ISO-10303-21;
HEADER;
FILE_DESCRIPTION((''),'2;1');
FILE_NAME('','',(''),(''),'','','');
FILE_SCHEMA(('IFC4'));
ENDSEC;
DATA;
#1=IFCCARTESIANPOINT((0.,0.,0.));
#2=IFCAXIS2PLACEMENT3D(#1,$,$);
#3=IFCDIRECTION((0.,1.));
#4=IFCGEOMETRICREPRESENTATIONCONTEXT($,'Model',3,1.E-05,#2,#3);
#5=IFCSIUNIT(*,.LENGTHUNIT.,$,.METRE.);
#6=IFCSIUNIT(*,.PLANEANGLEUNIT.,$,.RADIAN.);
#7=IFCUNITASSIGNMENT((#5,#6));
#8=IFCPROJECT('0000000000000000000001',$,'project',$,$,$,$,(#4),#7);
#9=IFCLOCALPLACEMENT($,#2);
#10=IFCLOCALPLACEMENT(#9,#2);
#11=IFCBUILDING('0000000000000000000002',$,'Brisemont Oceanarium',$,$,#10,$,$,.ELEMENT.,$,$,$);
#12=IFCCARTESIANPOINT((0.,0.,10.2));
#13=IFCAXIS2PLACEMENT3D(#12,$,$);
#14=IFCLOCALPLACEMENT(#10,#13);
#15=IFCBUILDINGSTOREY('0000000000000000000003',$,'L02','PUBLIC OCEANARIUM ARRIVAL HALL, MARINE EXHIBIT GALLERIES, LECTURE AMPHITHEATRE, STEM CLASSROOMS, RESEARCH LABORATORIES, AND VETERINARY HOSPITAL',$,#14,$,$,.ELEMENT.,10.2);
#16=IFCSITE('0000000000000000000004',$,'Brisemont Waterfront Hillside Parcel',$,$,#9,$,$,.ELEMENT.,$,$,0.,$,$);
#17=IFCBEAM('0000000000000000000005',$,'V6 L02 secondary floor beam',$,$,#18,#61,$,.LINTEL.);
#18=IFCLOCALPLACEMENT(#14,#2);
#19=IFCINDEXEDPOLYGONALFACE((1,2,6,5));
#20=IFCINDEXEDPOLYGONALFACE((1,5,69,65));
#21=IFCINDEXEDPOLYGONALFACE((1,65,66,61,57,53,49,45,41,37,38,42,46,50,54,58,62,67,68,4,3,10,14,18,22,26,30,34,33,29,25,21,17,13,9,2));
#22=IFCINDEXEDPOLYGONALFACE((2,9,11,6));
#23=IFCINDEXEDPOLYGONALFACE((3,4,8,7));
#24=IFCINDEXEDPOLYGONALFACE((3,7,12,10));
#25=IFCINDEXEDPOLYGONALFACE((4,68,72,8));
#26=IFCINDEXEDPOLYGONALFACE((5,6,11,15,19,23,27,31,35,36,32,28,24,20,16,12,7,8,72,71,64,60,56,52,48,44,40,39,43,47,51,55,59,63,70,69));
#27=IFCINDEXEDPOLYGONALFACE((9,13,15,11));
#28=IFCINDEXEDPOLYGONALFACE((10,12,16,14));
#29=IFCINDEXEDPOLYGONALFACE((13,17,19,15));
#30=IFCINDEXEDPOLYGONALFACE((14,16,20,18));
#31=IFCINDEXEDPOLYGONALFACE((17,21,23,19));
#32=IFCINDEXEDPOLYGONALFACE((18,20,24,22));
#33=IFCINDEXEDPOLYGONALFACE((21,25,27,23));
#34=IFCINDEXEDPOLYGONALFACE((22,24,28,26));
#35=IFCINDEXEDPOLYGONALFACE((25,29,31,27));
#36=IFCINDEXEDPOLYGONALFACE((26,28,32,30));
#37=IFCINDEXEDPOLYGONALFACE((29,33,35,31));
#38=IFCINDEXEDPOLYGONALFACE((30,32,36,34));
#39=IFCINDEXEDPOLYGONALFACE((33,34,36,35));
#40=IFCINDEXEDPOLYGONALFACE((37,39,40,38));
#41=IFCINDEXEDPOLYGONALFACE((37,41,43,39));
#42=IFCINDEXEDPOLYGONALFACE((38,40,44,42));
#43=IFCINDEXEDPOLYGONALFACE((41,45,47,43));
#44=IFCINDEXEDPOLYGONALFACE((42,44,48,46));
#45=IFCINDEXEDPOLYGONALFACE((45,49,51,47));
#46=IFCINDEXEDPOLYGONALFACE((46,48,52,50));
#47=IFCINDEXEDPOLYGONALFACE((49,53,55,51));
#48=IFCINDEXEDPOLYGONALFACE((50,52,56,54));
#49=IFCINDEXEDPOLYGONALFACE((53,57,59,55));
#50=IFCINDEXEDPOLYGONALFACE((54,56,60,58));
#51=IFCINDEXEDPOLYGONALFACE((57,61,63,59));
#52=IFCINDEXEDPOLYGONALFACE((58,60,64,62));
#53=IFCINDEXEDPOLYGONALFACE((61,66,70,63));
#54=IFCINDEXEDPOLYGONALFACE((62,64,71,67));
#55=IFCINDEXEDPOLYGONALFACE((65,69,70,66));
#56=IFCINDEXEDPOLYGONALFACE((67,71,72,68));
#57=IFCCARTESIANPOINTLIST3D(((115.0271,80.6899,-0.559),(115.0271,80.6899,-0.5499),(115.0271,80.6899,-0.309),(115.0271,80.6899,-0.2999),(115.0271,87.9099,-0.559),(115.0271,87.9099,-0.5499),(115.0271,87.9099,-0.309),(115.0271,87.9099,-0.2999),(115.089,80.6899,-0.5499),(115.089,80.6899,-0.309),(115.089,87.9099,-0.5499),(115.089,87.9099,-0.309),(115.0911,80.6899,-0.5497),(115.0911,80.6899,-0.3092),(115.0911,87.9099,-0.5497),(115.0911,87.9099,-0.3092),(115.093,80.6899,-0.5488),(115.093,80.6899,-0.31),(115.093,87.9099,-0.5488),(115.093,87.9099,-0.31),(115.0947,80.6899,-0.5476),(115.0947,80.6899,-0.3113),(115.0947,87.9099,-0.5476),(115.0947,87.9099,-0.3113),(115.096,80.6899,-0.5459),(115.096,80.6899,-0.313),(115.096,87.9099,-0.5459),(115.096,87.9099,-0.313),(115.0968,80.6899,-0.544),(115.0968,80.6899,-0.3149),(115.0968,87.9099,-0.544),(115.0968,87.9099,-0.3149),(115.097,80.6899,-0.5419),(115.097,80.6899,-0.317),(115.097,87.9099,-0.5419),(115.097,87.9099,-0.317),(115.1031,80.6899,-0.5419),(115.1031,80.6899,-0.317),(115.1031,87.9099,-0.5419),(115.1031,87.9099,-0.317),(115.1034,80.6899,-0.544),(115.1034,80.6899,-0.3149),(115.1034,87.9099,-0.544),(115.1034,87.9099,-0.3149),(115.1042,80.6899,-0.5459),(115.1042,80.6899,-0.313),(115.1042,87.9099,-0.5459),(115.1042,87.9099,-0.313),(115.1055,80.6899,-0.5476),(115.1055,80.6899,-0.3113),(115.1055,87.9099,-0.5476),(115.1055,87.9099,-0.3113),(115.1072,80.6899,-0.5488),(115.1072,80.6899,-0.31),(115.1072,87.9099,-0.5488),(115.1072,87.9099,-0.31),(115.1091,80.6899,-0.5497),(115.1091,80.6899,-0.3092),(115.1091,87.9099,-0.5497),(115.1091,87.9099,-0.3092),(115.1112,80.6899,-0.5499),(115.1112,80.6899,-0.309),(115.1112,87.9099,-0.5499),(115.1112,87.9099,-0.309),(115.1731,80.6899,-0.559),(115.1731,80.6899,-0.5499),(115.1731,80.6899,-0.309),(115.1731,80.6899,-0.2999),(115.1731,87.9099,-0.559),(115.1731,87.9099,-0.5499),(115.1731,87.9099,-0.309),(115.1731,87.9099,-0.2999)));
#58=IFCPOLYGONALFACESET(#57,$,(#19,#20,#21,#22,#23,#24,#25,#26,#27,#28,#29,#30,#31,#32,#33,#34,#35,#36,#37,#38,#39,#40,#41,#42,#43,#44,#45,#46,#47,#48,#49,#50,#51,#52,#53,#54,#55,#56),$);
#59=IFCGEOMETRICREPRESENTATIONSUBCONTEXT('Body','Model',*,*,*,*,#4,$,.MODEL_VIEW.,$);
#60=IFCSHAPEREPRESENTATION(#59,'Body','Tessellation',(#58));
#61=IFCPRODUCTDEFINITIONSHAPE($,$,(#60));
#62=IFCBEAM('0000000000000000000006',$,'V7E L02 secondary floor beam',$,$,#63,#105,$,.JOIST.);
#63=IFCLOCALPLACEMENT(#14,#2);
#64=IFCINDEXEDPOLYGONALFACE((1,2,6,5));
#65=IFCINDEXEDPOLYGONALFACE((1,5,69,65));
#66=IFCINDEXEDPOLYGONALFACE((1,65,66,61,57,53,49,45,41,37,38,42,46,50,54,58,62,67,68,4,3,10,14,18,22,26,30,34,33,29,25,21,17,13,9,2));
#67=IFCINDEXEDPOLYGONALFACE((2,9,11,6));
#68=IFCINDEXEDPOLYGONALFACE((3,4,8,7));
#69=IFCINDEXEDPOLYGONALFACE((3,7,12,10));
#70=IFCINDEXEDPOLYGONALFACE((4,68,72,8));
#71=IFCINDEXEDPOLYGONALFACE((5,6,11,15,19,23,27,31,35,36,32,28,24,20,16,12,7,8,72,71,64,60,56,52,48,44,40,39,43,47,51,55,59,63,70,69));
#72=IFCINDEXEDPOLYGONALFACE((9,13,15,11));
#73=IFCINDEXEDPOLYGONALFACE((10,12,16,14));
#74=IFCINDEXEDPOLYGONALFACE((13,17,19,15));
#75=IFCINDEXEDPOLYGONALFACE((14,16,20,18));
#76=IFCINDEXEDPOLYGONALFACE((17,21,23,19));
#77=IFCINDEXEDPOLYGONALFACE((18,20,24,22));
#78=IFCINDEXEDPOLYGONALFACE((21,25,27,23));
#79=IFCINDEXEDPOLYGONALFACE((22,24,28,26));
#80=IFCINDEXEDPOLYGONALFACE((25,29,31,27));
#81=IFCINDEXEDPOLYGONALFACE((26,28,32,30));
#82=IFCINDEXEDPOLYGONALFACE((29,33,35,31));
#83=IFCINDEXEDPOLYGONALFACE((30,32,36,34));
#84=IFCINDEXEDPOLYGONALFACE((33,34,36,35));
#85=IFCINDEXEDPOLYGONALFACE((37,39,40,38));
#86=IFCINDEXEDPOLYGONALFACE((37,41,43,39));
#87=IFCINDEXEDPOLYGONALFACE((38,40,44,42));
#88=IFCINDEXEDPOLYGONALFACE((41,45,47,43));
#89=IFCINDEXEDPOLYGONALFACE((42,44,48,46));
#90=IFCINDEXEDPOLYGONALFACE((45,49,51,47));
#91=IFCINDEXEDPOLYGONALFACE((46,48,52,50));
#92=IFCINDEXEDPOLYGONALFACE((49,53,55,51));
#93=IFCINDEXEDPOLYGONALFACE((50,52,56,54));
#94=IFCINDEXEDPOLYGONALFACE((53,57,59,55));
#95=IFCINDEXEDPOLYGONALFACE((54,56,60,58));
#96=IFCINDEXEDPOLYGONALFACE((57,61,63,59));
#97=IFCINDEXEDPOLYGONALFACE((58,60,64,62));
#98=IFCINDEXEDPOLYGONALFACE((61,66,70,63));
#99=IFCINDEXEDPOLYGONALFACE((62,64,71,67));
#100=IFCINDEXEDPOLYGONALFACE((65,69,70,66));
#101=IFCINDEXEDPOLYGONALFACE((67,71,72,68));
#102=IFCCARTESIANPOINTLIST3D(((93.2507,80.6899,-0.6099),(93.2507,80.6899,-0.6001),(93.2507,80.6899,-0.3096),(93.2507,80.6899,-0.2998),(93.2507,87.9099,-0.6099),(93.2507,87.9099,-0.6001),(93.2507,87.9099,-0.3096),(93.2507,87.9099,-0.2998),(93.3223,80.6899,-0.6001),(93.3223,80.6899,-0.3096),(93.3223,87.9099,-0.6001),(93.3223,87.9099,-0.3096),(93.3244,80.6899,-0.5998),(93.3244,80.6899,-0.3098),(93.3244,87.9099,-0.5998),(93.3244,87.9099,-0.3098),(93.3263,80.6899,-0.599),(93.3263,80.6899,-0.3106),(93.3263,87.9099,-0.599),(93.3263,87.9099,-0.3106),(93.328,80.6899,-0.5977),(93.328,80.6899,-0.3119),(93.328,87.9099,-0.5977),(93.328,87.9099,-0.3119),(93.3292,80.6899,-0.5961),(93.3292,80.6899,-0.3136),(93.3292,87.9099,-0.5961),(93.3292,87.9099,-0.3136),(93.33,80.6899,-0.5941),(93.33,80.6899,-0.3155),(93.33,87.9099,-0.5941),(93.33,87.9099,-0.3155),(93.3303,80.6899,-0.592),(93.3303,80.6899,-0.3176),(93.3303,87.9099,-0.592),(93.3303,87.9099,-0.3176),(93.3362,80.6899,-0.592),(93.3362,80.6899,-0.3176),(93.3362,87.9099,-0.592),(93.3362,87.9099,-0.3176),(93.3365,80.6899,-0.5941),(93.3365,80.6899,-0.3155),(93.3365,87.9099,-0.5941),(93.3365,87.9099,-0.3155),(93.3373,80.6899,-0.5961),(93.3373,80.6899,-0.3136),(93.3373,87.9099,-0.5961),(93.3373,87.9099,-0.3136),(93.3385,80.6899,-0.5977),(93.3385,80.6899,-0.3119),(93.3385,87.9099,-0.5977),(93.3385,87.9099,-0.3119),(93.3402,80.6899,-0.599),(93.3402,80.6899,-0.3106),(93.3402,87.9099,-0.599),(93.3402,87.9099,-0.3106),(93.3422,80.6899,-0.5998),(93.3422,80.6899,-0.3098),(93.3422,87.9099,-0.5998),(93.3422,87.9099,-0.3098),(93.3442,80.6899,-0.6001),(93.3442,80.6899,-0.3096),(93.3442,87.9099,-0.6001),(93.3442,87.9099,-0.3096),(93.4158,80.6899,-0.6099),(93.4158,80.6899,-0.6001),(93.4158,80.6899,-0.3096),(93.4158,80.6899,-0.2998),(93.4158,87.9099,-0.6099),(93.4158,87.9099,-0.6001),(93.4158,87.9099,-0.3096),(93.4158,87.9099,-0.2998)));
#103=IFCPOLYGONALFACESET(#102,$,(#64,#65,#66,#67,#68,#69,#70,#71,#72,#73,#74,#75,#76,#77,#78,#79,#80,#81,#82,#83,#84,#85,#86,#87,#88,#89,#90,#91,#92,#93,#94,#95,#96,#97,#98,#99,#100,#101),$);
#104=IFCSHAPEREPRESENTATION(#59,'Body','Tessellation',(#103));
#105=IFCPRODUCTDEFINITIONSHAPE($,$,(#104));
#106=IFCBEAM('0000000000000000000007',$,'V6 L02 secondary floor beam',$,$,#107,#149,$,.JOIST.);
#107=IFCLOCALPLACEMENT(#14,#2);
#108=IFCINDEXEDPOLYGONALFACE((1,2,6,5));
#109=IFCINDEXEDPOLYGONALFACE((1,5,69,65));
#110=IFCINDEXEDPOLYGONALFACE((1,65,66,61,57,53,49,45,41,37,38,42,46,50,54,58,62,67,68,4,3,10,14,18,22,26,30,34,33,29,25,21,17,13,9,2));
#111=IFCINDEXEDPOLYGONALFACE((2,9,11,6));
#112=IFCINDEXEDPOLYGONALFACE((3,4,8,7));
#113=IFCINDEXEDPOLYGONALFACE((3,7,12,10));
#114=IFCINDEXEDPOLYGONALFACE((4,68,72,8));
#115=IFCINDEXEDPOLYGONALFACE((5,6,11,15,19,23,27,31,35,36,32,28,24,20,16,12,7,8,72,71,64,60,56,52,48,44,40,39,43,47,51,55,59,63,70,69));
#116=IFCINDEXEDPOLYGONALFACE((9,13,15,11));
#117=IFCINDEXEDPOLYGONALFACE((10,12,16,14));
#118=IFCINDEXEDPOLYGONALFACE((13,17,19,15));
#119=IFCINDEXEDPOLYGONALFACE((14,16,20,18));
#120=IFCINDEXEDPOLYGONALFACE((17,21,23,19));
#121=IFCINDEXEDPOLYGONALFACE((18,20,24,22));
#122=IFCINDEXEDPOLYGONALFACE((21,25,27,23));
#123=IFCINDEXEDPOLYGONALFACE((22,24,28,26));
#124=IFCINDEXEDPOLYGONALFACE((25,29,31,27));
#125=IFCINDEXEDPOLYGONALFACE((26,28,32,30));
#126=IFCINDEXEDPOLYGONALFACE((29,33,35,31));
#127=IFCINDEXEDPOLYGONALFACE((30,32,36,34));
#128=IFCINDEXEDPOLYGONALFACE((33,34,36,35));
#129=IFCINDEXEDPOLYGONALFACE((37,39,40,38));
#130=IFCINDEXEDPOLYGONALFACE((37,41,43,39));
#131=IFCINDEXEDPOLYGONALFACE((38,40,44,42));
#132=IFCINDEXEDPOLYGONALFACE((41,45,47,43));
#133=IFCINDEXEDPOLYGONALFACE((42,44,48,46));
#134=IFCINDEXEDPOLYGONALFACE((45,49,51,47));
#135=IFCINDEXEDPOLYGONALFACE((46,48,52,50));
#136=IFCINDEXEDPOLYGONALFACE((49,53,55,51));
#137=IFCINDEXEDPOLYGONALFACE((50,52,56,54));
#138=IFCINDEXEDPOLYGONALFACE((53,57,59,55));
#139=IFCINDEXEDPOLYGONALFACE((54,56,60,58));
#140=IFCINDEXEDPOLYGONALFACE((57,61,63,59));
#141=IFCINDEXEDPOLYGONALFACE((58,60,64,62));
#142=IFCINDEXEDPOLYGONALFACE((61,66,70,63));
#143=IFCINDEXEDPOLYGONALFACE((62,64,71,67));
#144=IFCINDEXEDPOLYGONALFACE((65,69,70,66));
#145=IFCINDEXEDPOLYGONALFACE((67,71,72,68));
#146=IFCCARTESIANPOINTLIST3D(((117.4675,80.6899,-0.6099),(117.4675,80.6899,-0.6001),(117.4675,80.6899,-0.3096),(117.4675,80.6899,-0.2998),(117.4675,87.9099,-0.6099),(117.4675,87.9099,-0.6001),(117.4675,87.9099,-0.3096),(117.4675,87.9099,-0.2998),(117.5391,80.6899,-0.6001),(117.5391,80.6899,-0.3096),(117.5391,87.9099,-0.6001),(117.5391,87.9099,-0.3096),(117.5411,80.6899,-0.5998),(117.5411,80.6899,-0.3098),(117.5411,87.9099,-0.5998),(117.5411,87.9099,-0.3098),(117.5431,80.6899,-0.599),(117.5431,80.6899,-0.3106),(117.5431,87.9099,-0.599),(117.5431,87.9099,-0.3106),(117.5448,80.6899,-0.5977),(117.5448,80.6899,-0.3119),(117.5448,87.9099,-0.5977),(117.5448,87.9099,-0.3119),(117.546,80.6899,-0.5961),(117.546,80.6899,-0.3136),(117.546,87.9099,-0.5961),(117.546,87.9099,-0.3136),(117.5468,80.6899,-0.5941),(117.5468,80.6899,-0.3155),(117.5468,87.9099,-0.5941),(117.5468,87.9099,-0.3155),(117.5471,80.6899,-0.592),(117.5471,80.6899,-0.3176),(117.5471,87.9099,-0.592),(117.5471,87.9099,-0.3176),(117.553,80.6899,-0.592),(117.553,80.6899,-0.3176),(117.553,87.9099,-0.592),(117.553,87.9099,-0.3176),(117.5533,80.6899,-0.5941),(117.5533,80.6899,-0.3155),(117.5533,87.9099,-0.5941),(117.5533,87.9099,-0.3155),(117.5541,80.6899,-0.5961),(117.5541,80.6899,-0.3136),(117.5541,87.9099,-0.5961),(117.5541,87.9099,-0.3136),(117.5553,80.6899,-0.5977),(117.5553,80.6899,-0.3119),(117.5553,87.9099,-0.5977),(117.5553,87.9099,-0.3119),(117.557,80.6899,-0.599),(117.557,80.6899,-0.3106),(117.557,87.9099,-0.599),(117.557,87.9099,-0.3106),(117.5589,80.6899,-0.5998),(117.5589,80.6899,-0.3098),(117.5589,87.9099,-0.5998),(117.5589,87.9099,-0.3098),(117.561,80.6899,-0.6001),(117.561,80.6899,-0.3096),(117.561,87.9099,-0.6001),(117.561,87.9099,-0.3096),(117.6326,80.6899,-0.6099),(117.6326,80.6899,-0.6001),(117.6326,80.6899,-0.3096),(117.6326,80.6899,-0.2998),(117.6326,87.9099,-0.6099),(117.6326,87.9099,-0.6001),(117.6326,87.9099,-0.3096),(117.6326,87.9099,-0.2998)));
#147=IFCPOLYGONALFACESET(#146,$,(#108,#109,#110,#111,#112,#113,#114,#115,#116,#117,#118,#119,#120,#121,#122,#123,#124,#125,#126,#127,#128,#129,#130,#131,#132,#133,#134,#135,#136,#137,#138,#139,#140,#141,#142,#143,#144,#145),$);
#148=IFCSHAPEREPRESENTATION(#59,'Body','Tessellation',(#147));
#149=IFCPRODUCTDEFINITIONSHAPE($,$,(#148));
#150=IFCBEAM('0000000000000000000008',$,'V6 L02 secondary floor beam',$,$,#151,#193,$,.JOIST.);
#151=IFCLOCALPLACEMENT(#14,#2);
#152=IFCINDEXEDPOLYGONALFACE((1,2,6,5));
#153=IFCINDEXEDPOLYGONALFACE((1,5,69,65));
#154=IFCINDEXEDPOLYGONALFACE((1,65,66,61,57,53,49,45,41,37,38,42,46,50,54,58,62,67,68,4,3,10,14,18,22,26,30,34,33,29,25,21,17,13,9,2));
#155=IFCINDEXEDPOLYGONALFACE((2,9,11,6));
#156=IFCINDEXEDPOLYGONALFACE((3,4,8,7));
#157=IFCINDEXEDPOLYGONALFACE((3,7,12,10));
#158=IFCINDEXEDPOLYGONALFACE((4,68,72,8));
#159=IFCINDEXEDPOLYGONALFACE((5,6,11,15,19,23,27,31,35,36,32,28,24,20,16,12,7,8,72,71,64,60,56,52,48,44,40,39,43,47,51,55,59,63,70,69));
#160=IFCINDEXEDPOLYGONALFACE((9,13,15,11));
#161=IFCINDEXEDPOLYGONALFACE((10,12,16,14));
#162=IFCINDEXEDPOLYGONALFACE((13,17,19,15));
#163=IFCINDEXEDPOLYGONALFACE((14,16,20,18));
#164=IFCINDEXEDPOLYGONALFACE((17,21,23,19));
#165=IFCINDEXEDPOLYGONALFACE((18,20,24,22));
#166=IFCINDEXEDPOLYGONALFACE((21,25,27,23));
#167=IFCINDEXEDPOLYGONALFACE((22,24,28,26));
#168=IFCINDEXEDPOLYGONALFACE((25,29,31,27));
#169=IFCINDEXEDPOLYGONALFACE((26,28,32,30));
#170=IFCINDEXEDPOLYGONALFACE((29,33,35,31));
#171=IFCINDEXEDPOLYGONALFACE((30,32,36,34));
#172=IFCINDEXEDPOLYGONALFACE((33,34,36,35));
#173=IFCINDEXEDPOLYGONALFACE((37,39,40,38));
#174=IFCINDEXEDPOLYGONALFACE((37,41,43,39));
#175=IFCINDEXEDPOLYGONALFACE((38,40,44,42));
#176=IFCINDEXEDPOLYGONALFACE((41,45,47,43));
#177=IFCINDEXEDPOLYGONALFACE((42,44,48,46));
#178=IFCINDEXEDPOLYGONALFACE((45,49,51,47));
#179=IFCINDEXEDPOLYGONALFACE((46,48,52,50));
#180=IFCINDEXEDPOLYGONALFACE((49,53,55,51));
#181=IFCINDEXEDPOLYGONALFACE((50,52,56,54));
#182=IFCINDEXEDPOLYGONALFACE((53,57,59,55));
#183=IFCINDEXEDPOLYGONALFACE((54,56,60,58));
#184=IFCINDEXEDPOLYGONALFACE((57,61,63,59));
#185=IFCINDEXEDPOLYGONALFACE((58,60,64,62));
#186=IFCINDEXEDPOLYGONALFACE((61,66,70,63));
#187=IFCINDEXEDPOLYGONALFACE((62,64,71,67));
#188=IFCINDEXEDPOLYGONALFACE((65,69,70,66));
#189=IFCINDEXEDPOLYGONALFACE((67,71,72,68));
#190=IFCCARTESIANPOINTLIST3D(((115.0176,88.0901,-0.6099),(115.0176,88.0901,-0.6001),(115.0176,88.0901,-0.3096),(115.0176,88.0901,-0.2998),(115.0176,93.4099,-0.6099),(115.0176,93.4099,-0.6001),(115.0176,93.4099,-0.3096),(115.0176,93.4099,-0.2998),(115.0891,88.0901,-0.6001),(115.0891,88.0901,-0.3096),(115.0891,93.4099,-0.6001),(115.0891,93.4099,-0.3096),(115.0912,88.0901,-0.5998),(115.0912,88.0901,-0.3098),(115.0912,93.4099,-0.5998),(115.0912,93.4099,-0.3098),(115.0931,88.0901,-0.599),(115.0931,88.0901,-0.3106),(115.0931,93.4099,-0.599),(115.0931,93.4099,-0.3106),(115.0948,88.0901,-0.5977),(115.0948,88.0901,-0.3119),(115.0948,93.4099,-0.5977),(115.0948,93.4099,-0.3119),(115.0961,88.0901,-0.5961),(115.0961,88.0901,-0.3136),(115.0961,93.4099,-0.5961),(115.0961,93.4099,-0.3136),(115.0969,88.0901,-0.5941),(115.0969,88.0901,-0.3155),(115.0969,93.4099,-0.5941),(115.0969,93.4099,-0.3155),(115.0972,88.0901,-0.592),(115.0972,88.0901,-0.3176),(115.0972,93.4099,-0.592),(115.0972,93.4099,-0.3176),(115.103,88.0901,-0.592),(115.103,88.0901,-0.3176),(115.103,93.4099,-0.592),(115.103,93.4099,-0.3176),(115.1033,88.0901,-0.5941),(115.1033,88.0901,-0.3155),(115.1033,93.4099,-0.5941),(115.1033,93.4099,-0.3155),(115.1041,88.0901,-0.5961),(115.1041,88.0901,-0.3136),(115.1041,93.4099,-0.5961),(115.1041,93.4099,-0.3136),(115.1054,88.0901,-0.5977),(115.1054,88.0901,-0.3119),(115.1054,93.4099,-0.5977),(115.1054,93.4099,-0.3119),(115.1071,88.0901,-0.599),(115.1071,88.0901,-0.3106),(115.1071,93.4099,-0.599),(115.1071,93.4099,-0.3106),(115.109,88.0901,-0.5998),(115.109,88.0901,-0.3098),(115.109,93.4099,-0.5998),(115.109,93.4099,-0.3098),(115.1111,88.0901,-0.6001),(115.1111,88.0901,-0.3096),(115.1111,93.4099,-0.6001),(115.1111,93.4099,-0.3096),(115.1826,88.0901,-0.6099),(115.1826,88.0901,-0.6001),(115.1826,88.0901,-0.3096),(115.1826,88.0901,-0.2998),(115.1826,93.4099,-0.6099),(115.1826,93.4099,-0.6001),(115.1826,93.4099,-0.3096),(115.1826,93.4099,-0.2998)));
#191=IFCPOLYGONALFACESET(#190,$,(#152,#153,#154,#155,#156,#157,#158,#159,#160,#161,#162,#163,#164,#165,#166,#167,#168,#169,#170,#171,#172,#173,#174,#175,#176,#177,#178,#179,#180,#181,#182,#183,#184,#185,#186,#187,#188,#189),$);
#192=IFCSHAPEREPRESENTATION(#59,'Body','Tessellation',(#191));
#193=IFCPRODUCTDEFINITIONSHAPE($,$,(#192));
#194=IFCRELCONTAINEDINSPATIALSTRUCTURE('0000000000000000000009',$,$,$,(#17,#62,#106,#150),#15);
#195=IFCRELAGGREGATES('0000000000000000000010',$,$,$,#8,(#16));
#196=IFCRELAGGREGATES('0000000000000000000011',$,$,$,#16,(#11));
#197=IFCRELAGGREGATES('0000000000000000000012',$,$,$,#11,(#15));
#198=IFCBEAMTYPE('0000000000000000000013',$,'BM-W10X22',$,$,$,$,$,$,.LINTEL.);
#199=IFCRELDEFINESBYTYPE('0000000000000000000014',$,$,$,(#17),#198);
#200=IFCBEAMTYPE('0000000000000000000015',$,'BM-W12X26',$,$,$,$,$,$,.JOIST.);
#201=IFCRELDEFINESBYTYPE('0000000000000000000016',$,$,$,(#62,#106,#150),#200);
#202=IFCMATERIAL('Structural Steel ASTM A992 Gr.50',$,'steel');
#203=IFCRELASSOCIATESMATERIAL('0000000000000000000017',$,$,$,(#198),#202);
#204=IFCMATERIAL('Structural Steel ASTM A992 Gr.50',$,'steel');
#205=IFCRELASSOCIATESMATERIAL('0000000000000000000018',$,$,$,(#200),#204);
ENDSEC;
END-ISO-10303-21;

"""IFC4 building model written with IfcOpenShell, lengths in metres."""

from ifc_helpers import new_model, si_unit, direction, frame, origin, origin_2d, place, context, subcontext, project, spatial, i_section, extrude, material, material_profile, profile_set, type_object, element, save


model = new_model("IFC4")

# Units and contexts
model_context = context("Model", 3, precision=1e-05, world=origin(), true_north=direction((0.0, 1.0)))
body_context = subcontext(model_context, "Body", "Model", "MODEL_VIEW")
ifc_project = project(units=[si_unit("LENGTHUNIT", "METRE"), si_unit("PLANEANGLEUNIT", "RADIAN")], contexts=[model_context])

# Site, building, storey
site_placement = place(None, origin())
site = spatial("IfcSite", under=ifc_project, at=site_placement, Name="Brisemont Waterfront Hillside Parcel", CompositionType="ELEMENT", RefElevation=0.0)
building_placement = place(site_placement, origin())
building = spatial("IfcBuilding", under=site, at=building_placement, Name="Brisemont Oceanarium", CompositionType="ELEMENT")
storey_placement = place(building_placement, frame((0.0, 0.0, 10.2)))
storey = spatial("IfcBuildingStorey", under=building, at=storey_placement, Name="L02", Description="PUBLIC OCEANARIUM ARRIVAL HALL, MARINE EXHIBIT GALLERIES, LECTURE AMPHITHEATRE, STEM CLASSROOMS, RESEARCH LABORATORIES, AND VETERINARY HOSPITAL", CompositionType="ELEMENT", Elevation=10.2)

# Beams
ifc_material_1 = material(Name="Structural Steel ASTM A992 Gr.50", Category="steel")
ifc_material_profile_1 = material_profile(ifc_material_1, i_section(OverallWidth=0.146, OverallDepth=0.259, WebThickness=0.0061, FlangeThickness=0.009, FilletRadius=0.0081, at=origin_2d()), Name="W10X22")
ifc_profile_set_1 = profile_set([ifc_material_profile_1], Name="Structural Steel ASTM A992 Gr.50")
beam_type_1 = type_object("IfcBeamType", Name="BM-W10X22", PredefinedType="LINTEL", material=ifc_profile_set_1)
beam_1_placement = place(storey_placement, frame((115.1001, 80.6899, -0.4294), z_axis=(0.0, 1.0, 0.0), x_axis=(-1.0, 0.0, 0.0)))
element("IfcBeam", 1, at=beam_1_placement, inside=storey, type_object=beam_type_1, Name="V6 L02 secondary floor beam", PredefinedType="LINTEL", context=body_context, shape_type="SweptSolid", body=[
    extrude(i_section(OverallWidth=0.146, OverallDepth=0.259, WebThickness=0.0061, FlangeThickness=0.009, FilletRadius=0.0081, at=origin_2d()), origin(), (0.0, 0.0, 1.0), 7.22),
])
ifc_material_2 = material(Name="Structural Steel ASTM A992 Gr.50", Category="steel")
ifc_material_profile_2 = material_profile(ifc_material_2, i_section(OverallWidth=0.165, OverallDepth=0.3101, WebThickness=0.0059, FlangeThickness=0.0098, FilletRadius=0.0081, at=origin_2d()), Name="W12X26")
ifc_profile_set_2 = profile_set([ifc_material_profile_2], Name="Structural Steel ASTM A992 Gr.50")
beam_type_2 = type_object("IfcBeamType", Name="BM-W12X26", PredefinedType="JOIST", material=ifc_profile_set_2)
for number, where, z_axis, x_axis, name in (
    (2, (93.3333, 80.6899, -0.4548), (0.0, 1.0, 0.0), (-1.0, 0.0, 0.0), "V7E L02 secondary floor beam"),
    (3, (117.55, 80.6899, -0.4548), (0.0, 1.0, 0.0), (-1.0, 0.0, 0.0), "V6 L02 secondary floor beam"),
):
    element("IfcBeam", number, at=place(storey_placement, frame(where, z_axis=z_axis, x_axis=x_axis)), inside=storey, type_object=beam_type_2, Name=name, PredefinedType="JOIST", context=body_context, shape_type="SweptSolid", body=[
        extrude(i_section(OverallWidth=0.165, OverallDepth=0.3101, WebThickness=0.0059, FlangeThickness=0.0098, FilletRadius=0.0081, at=origin_2d()), origin(), (0.0, 0.0, 1.0), 7.22),
    ])
beam_2_placement = place(storey_placement, frame((115.1001, 88.0901, -0.4548), z_axis=(0.0, 1.0, 0.0), x_axis=(-1.0, 0.0, 0.0)))
element("IfcBeam", 4, at=beam_2_placement, inside=storey, type_object=beam_type_2, Name="V6 L02 secondary floor beam", PredefinedType="JOIST", context=body_context, shape_type="SweptSolid", body=[
    extrude(i_section(OverallWidth=0.165, OverallDepth=0.3101, WebThickness=0.0059, FlangeThickness=0.0098, FilletRadius=0.0081, at=origin_2d()), origin(), (0.0, 0.0, 1.0), 5.3198),
])

save(model, "model.ifc")
